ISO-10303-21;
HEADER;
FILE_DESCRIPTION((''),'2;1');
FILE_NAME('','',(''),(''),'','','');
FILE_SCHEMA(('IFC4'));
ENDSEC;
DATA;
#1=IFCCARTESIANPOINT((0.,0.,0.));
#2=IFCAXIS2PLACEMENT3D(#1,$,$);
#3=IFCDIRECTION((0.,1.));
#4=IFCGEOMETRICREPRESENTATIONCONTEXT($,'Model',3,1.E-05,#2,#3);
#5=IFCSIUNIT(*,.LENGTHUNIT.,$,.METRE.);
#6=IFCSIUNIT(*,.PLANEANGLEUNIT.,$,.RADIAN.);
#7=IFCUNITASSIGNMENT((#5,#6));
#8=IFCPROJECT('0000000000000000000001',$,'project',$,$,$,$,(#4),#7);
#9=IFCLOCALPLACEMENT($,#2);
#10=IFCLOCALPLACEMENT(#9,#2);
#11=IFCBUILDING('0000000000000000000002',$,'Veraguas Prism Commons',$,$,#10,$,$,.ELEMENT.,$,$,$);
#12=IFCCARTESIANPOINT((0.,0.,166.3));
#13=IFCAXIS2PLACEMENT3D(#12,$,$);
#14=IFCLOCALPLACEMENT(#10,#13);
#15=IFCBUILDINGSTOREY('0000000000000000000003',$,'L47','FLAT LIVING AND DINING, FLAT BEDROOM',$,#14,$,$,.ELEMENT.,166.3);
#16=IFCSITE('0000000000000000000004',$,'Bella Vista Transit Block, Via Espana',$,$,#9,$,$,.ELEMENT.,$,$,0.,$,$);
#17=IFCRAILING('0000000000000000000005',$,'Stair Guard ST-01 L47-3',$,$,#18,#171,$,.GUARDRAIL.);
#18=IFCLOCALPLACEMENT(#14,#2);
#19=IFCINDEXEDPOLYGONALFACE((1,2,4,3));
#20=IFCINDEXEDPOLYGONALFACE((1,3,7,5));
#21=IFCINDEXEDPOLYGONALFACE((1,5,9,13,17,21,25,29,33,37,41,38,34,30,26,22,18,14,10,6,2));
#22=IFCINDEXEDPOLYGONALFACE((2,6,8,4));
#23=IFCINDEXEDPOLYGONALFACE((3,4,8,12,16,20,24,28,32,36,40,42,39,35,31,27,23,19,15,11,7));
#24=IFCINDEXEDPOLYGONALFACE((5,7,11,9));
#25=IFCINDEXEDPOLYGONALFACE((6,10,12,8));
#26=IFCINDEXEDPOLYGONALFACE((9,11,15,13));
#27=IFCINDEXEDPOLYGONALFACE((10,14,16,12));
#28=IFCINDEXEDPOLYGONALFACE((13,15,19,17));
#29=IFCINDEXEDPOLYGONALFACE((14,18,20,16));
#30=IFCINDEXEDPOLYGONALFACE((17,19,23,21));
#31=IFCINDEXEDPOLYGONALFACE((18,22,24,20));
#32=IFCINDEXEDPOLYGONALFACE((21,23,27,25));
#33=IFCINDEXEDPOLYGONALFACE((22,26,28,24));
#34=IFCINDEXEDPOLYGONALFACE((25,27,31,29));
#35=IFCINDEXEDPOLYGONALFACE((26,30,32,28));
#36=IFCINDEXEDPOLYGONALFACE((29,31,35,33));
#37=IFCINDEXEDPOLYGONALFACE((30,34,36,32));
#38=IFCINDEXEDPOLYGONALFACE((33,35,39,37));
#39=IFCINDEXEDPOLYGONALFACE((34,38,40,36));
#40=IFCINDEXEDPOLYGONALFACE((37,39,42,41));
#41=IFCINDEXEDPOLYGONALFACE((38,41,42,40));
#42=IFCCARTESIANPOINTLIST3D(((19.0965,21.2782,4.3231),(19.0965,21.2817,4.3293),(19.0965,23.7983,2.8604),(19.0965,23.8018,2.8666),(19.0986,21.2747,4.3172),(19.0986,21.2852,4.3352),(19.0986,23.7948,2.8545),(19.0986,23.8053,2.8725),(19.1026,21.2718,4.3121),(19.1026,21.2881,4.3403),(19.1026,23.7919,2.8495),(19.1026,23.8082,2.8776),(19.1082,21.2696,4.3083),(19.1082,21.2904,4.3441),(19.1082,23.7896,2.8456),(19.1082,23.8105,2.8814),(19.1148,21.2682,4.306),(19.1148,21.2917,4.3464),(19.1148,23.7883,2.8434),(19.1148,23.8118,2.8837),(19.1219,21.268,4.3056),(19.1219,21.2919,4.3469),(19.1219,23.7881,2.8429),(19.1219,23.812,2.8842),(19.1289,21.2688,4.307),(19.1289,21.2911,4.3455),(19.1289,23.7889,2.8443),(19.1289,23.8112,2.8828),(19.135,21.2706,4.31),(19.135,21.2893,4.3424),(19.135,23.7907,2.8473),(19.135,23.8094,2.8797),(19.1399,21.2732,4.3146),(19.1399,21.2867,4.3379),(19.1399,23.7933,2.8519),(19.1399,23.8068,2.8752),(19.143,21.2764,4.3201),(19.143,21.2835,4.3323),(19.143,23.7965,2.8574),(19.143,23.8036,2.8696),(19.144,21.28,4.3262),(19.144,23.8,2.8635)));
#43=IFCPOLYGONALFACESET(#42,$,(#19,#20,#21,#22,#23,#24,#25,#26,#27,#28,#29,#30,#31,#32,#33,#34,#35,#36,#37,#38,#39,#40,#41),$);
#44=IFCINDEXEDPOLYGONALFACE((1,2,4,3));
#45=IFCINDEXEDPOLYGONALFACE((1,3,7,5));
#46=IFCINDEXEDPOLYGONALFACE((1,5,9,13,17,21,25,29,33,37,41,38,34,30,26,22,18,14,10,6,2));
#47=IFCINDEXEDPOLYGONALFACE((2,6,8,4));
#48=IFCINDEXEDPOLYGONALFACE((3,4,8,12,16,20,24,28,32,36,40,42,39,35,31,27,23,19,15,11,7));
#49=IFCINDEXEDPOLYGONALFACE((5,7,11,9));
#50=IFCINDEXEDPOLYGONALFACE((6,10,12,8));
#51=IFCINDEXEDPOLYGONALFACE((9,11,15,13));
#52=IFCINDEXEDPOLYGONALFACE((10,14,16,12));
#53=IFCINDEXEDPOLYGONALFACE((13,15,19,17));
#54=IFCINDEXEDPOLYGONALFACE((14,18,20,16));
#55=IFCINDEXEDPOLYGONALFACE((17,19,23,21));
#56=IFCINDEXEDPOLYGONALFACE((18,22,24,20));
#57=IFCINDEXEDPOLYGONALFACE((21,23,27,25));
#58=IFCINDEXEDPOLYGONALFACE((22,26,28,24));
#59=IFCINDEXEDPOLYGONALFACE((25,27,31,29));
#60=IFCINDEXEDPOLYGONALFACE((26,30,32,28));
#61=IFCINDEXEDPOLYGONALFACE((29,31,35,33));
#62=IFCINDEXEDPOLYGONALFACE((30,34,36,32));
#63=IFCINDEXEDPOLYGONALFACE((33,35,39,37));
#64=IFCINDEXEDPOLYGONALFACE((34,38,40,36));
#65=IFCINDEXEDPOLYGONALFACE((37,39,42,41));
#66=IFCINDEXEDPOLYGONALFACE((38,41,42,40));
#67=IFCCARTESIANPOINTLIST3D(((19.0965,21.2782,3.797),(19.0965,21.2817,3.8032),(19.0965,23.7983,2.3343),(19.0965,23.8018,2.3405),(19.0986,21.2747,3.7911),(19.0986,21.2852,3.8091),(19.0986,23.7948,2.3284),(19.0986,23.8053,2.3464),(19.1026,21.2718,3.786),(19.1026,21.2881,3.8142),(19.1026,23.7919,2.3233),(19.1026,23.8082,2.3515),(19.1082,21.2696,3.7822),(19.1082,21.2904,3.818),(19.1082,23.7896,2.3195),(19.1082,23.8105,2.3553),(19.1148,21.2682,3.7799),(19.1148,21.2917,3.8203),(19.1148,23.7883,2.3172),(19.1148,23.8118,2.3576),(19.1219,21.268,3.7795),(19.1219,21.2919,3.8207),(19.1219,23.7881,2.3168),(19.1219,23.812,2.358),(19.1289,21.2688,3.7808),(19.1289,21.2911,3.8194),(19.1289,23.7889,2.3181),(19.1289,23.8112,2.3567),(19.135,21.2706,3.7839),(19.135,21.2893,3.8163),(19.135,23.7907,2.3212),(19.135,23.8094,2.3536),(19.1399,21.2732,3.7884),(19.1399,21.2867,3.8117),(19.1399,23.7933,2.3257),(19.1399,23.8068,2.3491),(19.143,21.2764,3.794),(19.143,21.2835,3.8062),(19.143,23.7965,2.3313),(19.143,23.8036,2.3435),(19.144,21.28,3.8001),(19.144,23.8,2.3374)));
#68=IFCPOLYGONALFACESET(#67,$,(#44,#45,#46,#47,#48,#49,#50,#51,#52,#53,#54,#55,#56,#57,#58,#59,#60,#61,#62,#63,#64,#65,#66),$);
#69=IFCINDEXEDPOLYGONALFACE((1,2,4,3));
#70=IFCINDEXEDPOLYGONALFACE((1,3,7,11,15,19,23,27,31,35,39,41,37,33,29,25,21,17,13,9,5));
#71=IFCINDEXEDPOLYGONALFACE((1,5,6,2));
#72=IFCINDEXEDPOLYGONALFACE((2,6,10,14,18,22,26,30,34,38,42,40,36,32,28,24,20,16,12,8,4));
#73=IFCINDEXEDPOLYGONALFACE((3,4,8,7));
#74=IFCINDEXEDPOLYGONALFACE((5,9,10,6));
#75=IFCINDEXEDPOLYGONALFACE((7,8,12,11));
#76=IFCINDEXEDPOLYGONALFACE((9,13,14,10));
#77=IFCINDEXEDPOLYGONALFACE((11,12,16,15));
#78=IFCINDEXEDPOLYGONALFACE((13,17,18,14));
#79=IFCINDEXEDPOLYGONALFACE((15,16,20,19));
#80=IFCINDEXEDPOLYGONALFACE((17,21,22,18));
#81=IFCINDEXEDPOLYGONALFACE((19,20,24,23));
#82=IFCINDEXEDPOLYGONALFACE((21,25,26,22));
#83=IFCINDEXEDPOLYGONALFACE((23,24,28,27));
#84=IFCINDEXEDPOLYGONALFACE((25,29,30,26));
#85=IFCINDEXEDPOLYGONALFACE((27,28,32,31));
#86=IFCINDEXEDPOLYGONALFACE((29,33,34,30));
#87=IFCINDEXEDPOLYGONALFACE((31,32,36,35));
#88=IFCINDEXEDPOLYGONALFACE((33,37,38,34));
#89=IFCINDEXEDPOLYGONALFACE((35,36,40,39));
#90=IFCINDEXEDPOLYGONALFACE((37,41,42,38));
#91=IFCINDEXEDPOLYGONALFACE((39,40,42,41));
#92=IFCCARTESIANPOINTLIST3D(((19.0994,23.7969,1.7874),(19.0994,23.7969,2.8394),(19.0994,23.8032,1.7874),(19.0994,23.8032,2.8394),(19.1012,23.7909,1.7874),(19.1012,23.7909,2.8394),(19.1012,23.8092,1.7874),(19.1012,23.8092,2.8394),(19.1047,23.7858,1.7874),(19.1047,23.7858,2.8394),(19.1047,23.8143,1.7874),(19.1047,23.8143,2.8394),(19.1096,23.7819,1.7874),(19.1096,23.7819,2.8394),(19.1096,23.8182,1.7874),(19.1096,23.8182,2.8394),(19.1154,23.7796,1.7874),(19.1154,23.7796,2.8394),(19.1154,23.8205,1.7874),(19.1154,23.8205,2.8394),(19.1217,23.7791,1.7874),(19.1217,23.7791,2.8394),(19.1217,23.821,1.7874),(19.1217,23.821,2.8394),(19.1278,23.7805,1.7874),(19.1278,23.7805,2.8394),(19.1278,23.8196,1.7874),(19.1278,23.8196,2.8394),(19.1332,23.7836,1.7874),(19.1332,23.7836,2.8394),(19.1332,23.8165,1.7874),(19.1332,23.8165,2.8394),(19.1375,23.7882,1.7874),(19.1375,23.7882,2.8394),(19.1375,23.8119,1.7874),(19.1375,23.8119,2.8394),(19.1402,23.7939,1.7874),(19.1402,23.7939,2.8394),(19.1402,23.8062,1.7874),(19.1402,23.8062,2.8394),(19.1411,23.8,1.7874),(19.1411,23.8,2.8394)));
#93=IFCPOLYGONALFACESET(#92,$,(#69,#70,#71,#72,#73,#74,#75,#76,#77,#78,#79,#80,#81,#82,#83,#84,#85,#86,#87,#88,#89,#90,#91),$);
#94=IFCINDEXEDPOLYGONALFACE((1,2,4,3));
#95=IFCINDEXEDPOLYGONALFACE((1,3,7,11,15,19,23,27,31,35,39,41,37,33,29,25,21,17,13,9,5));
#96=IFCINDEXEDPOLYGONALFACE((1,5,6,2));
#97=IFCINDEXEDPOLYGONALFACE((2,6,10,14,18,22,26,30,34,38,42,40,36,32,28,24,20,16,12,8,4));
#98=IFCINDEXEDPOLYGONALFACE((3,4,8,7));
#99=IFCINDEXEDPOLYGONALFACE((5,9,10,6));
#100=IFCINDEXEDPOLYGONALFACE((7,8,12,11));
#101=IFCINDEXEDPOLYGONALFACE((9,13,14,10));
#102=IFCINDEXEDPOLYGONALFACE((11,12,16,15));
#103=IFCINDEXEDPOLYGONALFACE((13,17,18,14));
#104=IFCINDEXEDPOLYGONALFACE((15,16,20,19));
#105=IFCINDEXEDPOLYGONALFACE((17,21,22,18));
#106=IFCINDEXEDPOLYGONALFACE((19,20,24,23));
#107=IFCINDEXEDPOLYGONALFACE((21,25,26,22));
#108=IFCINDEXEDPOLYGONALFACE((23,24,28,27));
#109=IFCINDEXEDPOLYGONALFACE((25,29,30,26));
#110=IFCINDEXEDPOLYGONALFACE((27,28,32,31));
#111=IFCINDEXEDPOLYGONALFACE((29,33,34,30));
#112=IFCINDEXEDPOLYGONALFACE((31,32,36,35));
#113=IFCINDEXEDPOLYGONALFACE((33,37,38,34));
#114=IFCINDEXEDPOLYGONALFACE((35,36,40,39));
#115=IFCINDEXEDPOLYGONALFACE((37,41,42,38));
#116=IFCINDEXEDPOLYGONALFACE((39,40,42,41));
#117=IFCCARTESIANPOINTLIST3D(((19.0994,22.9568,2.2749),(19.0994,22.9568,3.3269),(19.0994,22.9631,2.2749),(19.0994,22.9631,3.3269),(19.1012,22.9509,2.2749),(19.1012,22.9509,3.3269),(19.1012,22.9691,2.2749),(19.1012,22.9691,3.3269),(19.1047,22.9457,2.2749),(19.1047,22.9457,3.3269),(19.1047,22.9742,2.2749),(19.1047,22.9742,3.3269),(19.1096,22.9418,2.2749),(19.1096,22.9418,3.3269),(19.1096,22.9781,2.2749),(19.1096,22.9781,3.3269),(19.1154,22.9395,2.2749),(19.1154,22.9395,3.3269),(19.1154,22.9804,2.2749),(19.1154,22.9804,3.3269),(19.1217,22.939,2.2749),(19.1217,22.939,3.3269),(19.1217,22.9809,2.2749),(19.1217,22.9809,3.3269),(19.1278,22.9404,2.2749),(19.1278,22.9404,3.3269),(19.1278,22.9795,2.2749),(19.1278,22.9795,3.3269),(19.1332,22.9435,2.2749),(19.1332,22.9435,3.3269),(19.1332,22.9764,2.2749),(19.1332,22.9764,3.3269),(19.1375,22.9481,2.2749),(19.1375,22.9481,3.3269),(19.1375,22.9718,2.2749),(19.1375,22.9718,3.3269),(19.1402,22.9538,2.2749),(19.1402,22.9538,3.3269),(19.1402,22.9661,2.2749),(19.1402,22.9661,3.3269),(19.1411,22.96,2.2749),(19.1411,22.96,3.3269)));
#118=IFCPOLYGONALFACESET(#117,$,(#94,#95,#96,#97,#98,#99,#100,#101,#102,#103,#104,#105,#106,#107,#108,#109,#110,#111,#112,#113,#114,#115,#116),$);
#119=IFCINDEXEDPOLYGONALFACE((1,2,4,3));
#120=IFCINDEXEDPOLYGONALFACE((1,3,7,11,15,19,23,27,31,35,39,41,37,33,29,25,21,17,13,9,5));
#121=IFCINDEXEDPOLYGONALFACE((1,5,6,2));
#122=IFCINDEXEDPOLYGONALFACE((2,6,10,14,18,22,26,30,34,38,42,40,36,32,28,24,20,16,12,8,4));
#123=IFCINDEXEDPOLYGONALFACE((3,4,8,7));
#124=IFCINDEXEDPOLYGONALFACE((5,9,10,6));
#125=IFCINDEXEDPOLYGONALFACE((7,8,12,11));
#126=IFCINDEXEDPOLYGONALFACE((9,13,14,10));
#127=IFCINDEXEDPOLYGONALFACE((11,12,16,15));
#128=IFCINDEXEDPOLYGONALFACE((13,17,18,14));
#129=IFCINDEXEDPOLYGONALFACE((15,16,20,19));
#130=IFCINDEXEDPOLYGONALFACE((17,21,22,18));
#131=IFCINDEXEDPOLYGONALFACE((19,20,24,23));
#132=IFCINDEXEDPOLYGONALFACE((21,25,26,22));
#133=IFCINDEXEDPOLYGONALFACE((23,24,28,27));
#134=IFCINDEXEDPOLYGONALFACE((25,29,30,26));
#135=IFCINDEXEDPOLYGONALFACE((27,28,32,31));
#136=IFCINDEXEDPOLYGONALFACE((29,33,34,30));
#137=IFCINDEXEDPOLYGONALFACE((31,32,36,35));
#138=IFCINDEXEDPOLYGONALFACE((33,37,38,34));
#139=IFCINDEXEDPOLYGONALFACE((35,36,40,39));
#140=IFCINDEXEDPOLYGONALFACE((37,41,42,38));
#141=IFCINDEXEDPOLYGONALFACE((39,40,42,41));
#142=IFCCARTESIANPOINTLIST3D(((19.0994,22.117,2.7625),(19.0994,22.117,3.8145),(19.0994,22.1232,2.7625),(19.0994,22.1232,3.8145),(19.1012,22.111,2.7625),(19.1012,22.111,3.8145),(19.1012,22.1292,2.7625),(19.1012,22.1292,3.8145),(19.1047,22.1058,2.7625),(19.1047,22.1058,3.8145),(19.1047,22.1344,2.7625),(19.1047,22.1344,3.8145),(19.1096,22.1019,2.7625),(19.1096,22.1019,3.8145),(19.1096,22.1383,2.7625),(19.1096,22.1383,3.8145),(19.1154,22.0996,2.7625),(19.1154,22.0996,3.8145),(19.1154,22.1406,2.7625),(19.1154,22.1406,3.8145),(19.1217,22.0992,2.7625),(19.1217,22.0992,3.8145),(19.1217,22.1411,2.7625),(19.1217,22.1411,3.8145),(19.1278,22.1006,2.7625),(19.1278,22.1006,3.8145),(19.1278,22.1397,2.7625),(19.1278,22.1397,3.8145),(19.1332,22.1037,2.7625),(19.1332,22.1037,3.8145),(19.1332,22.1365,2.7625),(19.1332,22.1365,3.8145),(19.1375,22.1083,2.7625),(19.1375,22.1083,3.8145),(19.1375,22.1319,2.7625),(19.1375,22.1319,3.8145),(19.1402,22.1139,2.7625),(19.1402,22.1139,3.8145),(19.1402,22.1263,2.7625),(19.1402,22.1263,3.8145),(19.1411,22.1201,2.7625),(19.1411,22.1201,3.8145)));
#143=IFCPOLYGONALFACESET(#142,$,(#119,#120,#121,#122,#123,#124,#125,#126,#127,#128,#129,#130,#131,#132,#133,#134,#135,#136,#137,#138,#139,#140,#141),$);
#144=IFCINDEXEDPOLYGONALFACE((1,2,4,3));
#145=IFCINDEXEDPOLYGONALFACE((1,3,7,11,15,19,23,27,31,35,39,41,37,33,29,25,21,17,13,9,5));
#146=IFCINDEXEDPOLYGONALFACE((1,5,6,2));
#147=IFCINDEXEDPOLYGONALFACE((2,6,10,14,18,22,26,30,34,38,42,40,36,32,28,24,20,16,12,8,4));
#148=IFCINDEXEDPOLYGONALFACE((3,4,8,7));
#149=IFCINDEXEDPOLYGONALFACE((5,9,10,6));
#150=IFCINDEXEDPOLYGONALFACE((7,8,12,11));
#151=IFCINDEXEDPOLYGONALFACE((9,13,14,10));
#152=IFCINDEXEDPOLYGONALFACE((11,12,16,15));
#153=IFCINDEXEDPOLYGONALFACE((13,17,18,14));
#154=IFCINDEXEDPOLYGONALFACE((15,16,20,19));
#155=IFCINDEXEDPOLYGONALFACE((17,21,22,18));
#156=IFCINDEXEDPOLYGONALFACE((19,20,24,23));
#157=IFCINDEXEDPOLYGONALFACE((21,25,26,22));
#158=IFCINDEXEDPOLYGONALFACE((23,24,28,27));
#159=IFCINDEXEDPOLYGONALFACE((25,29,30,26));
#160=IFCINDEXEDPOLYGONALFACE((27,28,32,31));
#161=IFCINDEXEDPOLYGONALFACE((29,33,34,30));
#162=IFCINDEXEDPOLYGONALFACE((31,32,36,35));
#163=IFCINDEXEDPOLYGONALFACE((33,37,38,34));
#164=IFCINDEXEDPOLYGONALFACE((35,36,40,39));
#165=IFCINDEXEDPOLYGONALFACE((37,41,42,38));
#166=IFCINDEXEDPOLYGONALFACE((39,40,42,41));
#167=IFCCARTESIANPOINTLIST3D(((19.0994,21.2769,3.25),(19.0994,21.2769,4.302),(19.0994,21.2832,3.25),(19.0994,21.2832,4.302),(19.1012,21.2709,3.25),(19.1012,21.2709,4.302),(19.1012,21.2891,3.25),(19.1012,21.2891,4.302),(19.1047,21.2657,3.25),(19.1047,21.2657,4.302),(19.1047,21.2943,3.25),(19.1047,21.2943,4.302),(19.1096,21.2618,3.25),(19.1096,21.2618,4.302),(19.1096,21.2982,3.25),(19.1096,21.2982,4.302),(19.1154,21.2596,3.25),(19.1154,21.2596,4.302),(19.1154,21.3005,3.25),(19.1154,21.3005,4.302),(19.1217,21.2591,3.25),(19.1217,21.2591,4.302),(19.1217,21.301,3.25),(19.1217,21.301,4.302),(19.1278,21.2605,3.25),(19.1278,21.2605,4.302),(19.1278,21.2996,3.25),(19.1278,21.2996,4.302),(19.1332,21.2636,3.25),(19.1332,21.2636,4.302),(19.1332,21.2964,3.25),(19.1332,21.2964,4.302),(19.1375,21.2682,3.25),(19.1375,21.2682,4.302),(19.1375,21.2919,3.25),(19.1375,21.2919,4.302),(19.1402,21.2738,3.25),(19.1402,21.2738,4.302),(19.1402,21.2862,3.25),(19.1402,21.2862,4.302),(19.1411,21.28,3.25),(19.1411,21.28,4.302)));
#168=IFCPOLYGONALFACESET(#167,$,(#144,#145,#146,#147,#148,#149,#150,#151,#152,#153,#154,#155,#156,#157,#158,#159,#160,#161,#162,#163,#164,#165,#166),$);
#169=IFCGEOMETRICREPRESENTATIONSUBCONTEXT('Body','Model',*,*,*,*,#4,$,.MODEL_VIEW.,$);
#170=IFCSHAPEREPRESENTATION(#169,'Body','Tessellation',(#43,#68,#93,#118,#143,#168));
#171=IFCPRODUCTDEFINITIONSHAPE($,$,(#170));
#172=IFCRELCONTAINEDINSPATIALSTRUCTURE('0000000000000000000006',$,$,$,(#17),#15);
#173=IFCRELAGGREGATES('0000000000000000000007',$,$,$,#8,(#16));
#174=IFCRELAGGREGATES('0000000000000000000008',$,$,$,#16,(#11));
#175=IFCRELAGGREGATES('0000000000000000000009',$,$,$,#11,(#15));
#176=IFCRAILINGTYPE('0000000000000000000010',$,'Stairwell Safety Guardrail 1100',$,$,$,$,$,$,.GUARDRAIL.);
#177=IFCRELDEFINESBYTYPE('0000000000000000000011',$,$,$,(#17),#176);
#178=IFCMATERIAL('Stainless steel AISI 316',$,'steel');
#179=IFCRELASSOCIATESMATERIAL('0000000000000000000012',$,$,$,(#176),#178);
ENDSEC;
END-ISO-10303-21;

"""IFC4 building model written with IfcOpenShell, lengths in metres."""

from ifc_helpers import new_model, si_unit, direction, frame, origin, origin_2d, place, context, subcontext, project, spatial, circle, extrude, material, type_object, element, save


model = new_model("IFC4")

# Units and contexts
model_context = context("Model", 3, precision=1e-05, world=origin(), true_north=direction((0.0, 1.0)))
body_context = subcontext(model_context, "Body", "Model", "MODEL_VIEW")
ifc_project = project(units=[si_unit("LENGTHUNIT", "METRE"), si_unit("PLANEANGLEUNIT", "RADIAN")], contexts=[model_context])

# Site, building, storey
site_placement = place(None, origin())
site = spatial("IfcSite", under=ifc_project, at=site_placement, Name="Bella Vista Transit Block, Via Espana", CompositionType="ELEMENT", RefElevation=0.0)
building_placement = place(site_placement, origin())
building = spatial("IfcBuilding", under=site, at=building_placement, Name="Veraguas Prism Commons", CompositionType="ELEMENT")
storey_placement = place(building_placement, frame((0.0, 0.0, 166.3)))
storey = spatial("IfcBuildingStorey", under=building, at=storey_placement, Name="L47", Description="FLAT LIVING AND DINING, FLAT BEDROOM", CompositionType="ELEMENT", Elevation=166.3)

# Railing
ifc_material_1 = material(Name="Stainless steel AISI 316", Category="steel")
railing_type_1 = type_object("IfcRailingType", Name="Stairwell Safety Guardrail 1100", PredefinedType="GUARDRAIL", material=ifc_material_1)
railing_1_placement = place(storey_placement, frame((19.1201, 23.8, 1.7874)))
element("IfcRailing", 1, at=railing_1_placement, inside=storey, type_object=railing_type_1, Name="Stair Guard ST-01 L47-3", PredefinedType="GUARDRAIL", context=body_context, shape_type="SweptSolid", body=[
    extrude(circle(Radius=0.0239, at=origin_2d()), frame((0.0, 0.0, 1.0762), z_axis=(0.0, -0.864877, 0.501984), x_axis=(1.0, 0.0, 0.0)), (0.0, 0.0, 1.0), 2.9138),
    extrude(circle(Radius=0.0239, at=origin_2d()), frame((0.0, 0.0, 0.55), z_axis=(0.0, -0.864877, 0.501984), x_axis=(1.0, 0.0, 0.0)), (0.0, 0.0, 1.0), 2.9138),
    extrude(circle(Radius=0.021, at=origin_2d()), origin(), (0.0, 0.0, 1.0), 1.052),
    extrude(circle(Radius=0.021, at=origin_2d()), frame((0.0, -0.8401, 0.4875)), (0.0, 0.0, 1.0), 1.052),
    extrude(circle(Radius=0.021, at=origin_2d()), frame((0.0, -1.6799, 0.9751)), (0.0, 0.0, 1.0), 1.052),
    extrude(circle(Radius=0.021, at=origin_2d()), frame((0.0, -2.52, 1.4626)), (0.0, 0.0, 1.0), 1.052),
])

save(model, "model.ifc")
